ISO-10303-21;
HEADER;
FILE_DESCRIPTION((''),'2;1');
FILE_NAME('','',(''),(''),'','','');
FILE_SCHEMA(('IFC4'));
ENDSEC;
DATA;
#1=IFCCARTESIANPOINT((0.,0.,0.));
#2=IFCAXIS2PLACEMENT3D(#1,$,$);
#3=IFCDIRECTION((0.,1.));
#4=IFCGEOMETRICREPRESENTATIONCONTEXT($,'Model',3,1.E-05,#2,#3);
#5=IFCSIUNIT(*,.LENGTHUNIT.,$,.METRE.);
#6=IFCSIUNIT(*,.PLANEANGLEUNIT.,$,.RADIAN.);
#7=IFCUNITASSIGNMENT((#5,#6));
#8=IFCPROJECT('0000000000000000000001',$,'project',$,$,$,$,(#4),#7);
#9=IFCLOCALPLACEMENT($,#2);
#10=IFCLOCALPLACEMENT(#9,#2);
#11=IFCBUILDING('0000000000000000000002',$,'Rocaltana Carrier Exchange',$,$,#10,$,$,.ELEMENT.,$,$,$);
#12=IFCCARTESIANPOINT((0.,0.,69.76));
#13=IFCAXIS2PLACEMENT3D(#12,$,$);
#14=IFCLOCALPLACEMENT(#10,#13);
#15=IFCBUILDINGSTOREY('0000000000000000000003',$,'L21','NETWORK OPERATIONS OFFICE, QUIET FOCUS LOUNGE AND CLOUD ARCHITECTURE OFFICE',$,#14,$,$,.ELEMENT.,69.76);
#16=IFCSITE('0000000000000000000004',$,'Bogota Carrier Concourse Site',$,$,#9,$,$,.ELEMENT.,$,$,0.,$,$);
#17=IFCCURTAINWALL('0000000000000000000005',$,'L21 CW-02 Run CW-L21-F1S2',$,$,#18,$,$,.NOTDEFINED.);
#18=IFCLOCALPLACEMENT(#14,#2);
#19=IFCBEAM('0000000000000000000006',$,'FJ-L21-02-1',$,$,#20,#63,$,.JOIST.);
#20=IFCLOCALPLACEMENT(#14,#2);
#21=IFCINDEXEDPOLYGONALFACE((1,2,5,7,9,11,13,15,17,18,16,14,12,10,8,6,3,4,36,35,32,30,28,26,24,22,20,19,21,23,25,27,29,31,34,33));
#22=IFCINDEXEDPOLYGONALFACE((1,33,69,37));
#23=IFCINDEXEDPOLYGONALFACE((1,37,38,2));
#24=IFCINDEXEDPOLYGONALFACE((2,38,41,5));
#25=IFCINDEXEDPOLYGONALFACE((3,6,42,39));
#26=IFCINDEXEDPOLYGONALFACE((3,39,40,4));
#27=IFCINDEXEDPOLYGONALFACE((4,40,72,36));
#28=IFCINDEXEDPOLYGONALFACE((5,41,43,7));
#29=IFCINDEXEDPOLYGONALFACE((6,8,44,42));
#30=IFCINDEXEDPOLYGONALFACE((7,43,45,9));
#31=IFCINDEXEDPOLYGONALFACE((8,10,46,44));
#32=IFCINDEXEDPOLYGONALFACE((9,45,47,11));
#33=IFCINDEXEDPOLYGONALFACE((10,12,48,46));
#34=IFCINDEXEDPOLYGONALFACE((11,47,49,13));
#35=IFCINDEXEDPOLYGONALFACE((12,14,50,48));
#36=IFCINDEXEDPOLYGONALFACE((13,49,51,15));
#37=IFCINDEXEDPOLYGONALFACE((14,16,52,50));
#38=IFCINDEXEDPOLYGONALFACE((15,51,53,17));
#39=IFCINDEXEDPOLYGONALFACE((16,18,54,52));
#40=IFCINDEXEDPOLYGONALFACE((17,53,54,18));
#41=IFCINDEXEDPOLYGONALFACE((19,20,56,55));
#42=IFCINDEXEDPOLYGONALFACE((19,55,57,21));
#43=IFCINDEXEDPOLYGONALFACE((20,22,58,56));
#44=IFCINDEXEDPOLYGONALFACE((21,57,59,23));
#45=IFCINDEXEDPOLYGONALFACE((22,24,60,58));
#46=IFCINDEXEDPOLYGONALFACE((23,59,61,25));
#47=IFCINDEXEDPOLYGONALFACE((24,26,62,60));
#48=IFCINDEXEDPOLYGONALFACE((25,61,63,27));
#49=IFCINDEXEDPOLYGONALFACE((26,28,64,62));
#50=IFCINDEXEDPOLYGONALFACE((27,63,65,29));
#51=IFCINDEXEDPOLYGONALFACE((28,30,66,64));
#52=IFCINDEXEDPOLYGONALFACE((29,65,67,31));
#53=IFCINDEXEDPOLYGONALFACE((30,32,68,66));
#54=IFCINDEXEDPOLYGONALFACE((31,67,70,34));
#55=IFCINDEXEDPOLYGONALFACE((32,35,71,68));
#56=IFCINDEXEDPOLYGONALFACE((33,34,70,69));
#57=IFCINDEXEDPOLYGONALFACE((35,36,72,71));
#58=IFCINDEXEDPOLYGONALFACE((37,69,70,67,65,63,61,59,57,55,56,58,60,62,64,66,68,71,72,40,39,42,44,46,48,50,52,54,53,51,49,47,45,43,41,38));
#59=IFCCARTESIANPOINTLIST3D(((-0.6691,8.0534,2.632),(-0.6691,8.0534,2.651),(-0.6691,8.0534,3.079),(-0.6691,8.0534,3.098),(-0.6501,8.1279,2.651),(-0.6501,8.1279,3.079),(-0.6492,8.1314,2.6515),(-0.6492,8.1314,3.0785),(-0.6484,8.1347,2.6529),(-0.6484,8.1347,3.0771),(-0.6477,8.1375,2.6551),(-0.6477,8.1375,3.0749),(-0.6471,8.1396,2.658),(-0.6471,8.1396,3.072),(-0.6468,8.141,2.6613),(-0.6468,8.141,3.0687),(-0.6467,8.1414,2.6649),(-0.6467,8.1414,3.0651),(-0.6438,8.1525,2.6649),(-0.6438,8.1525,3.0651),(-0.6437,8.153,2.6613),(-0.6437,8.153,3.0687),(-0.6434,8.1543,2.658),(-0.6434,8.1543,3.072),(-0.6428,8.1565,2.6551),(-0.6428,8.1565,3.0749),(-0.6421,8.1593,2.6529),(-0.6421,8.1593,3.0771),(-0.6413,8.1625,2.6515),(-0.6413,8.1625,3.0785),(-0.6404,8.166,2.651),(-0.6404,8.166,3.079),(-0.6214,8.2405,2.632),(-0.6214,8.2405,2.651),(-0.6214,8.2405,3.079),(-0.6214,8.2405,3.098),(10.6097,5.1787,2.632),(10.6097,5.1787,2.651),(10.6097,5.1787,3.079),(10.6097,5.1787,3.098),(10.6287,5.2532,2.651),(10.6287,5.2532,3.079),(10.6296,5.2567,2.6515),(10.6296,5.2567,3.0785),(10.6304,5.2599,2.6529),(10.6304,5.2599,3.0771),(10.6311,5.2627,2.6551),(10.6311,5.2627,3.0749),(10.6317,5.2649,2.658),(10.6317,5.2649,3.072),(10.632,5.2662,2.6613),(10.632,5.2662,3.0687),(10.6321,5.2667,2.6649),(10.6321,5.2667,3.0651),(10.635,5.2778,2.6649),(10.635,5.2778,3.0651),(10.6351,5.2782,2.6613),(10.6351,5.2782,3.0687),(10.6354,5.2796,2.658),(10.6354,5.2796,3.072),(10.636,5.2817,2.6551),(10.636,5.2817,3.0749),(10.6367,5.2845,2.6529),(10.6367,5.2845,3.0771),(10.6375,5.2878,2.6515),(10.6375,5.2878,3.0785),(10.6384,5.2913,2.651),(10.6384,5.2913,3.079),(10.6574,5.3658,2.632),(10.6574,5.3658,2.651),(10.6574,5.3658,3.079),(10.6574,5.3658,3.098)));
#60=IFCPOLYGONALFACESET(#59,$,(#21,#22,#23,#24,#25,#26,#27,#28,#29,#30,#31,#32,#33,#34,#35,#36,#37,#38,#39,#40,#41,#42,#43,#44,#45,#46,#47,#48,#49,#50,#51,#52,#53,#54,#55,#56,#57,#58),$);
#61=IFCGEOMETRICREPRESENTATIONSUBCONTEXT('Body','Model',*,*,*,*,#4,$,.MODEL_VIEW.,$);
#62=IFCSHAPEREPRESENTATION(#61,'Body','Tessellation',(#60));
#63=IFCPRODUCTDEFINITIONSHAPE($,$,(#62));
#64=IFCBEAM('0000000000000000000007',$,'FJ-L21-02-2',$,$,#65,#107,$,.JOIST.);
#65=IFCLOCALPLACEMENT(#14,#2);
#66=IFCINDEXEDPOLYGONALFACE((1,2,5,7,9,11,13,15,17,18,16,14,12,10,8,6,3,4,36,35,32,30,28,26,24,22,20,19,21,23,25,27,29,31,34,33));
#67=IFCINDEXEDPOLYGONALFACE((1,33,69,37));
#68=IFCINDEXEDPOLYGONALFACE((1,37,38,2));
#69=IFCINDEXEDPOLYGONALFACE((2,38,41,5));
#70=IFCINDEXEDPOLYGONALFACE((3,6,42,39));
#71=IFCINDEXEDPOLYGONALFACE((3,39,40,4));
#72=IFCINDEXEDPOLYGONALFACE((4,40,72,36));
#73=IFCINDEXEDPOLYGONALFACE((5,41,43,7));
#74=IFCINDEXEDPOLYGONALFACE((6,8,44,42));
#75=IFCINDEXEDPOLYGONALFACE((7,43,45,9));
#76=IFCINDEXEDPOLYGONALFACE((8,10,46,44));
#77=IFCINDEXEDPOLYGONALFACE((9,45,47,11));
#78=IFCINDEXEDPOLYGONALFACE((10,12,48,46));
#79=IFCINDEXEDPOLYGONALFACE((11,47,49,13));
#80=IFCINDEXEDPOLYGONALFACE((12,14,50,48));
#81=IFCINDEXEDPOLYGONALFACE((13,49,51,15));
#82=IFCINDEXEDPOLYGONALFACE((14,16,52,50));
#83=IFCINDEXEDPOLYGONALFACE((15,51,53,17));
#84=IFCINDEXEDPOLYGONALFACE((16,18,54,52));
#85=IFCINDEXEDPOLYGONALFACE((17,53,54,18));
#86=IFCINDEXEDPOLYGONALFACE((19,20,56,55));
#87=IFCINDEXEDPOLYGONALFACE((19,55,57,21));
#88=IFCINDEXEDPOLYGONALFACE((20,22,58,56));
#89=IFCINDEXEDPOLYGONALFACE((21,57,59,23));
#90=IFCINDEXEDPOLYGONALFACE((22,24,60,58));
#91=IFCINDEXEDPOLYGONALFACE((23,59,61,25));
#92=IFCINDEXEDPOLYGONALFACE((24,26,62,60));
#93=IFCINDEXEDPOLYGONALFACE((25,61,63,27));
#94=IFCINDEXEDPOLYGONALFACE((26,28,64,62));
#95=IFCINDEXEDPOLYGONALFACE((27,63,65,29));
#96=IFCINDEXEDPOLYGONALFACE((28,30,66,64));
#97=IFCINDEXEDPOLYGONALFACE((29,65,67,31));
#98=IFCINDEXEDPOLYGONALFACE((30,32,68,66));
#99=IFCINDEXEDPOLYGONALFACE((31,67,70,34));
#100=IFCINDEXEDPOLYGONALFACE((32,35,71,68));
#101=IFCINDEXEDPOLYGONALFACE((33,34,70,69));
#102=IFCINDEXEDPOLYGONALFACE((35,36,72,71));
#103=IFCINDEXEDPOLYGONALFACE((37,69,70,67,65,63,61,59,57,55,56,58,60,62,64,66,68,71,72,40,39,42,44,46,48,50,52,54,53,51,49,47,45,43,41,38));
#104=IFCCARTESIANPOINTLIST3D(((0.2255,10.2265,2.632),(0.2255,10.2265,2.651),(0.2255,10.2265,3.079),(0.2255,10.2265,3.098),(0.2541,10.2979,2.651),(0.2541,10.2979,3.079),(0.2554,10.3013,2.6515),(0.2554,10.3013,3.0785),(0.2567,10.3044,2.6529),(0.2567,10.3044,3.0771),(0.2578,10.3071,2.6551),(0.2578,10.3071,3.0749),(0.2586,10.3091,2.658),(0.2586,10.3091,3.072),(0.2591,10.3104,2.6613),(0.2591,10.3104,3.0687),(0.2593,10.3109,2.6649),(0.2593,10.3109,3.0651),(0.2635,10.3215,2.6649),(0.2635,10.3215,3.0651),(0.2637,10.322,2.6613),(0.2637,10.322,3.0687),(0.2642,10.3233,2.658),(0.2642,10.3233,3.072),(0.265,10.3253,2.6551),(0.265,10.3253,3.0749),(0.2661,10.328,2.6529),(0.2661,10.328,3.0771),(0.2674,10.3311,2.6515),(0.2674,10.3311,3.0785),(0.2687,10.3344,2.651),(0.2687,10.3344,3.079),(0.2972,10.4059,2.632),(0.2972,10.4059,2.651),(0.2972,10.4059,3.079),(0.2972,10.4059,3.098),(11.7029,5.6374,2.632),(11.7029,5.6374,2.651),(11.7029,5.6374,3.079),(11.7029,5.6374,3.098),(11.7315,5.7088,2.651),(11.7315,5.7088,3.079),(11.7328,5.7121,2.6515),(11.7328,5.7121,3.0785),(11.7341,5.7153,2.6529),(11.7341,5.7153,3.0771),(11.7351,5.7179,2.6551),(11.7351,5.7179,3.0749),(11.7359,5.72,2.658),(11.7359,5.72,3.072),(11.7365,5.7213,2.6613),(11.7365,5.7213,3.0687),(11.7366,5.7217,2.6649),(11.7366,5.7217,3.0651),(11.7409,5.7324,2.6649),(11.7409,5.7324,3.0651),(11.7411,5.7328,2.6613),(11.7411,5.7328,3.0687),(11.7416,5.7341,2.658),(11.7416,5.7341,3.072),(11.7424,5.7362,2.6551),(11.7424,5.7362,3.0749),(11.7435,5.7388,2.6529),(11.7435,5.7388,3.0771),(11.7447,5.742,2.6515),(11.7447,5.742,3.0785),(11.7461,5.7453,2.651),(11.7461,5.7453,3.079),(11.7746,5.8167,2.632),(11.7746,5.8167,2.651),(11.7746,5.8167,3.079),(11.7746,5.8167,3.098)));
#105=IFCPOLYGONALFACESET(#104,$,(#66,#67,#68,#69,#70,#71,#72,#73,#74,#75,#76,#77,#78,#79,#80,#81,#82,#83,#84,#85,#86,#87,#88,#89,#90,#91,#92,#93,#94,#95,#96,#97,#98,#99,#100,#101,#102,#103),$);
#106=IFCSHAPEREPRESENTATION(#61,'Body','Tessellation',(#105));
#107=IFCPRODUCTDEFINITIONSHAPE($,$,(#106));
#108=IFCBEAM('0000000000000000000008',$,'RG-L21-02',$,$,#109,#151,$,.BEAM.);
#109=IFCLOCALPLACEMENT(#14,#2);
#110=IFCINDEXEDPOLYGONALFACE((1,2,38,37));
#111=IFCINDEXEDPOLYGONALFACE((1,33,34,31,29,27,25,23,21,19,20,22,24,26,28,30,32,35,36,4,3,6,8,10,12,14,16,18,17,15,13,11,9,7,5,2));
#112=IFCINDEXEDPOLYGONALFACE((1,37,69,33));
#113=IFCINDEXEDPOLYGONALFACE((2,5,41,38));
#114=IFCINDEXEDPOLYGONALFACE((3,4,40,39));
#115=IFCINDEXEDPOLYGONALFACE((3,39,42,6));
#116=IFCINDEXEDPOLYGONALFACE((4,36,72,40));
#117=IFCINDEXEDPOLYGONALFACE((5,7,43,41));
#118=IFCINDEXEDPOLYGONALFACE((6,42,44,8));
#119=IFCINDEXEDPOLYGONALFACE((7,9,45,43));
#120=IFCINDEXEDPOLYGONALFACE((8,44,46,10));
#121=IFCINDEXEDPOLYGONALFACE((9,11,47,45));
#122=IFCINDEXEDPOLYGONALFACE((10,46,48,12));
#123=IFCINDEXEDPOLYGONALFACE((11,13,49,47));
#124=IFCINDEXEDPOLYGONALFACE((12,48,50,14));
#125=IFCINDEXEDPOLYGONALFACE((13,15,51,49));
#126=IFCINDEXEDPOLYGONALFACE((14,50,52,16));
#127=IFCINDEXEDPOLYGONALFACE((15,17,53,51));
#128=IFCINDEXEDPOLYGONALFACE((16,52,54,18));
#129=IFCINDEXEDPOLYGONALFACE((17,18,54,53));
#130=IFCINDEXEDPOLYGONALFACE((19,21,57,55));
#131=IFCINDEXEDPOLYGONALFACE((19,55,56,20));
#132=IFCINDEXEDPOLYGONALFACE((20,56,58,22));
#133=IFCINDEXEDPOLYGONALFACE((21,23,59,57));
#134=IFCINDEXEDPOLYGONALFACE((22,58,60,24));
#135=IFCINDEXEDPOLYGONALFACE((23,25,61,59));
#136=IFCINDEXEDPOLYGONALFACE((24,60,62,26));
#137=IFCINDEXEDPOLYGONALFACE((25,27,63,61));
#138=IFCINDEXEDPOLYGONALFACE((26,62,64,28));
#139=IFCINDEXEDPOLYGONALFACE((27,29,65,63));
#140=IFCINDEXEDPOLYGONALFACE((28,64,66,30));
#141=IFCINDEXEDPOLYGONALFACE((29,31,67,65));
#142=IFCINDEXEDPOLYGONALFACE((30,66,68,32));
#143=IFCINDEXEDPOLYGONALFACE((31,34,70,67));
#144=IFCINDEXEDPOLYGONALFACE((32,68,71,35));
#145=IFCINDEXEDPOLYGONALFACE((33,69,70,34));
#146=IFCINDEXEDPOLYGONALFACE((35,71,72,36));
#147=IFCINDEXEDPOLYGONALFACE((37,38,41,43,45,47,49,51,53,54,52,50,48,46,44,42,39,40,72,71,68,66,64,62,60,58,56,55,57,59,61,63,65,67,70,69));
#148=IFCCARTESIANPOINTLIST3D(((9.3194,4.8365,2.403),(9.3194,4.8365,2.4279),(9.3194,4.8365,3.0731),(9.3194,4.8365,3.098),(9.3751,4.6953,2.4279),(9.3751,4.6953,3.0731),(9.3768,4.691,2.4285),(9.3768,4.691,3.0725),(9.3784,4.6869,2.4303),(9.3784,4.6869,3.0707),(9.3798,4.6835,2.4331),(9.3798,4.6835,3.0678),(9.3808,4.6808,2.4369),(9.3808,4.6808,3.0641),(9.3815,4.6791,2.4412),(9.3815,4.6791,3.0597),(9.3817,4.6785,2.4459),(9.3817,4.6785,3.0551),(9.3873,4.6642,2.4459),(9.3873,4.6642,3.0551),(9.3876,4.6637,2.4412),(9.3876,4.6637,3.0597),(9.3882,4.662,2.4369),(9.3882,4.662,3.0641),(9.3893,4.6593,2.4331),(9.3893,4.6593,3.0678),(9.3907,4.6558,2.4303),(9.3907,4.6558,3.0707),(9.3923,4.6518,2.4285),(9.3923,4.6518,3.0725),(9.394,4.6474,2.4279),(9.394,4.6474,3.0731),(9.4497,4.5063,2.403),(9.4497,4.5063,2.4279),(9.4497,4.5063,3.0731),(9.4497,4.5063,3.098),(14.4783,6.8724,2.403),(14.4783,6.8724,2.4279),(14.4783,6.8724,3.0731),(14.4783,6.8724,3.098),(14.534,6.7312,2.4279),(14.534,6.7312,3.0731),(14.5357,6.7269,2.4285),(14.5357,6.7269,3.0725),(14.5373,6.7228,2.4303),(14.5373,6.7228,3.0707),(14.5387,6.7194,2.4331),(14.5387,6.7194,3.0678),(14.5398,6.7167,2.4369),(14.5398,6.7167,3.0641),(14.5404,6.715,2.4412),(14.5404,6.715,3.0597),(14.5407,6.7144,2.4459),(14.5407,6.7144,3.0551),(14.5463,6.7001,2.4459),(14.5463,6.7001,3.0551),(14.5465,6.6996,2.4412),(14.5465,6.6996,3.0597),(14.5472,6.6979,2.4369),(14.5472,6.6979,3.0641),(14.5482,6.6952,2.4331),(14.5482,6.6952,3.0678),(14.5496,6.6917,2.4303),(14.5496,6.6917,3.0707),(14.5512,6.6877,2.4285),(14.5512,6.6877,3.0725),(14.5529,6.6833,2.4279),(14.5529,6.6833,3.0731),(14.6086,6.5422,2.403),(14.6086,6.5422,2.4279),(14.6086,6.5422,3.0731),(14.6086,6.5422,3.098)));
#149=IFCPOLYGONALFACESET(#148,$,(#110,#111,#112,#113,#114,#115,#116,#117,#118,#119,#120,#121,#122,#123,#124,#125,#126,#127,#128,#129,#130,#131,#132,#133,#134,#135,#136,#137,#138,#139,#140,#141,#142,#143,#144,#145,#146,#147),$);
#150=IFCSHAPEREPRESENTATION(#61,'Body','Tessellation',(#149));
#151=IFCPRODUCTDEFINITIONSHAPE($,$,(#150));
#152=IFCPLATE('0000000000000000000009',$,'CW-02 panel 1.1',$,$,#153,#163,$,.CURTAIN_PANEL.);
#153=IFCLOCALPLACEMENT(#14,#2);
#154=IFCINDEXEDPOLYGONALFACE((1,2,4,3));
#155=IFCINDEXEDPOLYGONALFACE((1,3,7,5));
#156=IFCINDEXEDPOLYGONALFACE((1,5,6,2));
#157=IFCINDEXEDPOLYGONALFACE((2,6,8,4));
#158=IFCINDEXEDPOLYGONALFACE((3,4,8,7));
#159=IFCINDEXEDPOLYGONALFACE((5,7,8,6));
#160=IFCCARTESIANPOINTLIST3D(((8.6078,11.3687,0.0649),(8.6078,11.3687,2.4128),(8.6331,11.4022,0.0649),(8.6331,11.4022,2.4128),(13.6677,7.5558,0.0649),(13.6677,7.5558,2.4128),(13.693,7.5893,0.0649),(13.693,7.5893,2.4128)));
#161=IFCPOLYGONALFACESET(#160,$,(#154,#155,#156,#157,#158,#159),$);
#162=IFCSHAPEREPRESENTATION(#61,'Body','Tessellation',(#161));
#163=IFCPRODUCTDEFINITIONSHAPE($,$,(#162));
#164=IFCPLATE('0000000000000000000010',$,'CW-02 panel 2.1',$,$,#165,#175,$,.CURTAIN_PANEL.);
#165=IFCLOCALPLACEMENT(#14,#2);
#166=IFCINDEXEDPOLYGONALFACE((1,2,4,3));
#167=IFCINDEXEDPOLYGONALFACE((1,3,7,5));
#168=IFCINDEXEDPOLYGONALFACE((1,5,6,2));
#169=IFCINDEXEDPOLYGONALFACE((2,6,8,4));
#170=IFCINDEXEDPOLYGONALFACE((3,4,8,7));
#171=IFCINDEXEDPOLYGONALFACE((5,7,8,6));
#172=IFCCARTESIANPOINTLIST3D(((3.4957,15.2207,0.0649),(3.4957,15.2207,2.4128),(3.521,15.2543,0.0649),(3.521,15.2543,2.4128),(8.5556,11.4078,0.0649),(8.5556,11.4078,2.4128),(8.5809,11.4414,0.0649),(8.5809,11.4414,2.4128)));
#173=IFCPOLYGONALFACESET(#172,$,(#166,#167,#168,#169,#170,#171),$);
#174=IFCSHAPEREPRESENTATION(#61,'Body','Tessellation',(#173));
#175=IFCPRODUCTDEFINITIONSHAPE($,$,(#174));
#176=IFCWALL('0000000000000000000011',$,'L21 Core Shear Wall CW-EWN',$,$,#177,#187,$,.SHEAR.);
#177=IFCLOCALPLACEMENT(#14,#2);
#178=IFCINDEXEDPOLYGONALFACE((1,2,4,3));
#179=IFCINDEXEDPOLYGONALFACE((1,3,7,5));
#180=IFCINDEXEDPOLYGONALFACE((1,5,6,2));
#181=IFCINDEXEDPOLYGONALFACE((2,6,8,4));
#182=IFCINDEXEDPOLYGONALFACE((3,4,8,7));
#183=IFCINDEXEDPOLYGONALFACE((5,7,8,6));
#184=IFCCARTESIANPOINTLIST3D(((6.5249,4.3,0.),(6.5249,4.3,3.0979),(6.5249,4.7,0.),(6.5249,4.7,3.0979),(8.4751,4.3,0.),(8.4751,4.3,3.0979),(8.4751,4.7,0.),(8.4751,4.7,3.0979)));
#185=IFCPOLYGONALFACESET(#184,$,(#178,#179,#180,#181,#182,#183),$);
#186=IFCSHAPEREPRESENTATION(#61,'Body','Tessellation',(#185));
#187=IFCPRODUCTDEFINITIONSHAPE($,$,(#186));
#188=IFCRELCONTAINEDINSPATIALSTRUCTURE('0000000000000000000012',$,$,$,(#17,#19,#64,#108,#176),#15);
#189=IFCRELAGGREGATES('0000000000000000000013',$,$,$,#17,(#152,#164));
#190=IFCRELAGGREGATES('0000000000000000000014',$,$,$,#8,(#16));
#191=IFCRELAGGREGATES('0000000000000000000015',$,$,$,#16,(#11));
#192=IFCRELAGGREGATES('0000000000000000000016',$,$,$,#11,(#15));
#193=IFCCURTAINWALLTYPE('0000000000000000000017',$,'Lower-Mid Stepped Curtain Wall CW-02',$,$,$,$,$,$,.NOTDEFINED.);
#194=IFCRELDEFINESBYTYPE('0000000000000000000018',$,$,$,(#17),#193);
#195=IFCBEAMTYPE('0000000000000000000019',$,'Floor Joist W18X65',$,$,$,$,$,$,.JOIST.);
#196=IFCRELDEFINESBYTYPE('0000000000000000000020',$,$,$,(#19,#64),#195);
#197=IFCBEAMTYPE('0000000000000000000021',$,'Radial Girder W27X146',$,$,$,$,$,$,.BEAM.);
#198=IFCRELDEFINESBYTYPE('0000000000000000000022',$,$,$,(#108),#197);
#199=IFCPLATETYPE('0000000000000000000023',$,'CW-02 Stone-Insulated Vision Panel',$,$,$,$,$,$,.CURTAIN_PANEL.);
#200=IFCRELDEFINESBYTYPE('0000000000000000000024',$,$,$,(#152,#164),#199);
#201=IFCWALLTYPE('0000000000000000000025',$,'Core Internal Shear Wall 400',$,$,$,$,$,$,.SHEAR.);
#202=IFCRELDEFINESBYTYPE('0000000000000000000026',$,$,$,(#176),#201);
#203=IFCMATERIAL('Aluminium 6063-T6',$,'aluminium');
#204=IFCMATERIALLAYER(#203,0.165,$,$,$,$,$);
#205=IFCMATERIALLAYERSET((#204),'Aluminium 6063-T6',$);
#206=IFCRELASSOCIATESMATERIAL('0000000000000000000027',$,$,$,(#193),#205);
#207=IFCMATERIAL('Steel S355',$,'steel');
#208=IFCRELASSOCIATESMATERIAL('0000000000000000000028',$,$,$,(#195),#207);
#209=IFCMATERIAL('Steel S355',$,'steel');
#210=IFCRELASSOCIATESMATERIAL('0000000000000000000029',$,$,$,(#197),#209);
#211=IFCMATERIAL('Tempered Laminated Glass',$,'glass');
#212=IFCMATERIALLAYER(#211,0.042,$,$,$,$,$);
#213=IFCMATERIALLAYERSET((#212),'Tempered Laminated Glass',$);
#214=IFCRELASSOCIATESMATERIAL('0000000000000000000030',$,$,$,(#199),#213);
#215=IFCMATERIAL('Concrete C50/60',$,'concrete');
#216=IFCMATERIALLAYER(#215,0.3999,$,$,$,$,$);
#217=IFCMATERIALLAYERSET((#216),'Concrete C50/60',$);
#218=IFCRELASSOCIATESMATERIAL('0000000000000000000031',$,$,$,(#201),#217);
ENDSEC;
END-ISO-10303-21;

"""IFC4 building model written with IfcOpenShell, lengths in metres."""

from ifc_helpers import new_model, si_unit, direction, frame, frame_2d, origin, origin_2d, place, context, subcontext, project, spatial, rectangle, i_section, extrude, material, layer, layer_set, material_profile, profile_set, type_object, element, aggregate, save


model = new_model("IFC4")

# Units and contexts
model_context = context("Model", 3, precision=1e-05, world=origin(), true_north=direction((0.0, 1.0)))
body_context = subcontext(model_context, "Body", "Model", "MODEL_VIEW")
ifc_project = project(units=[si_unit("LENGTHUNIT", "METRE"), si_unit("PLANEANGLEUNIT", "RADIAN")], contexts=[model_context])

# Site, building, storey
site_placement = place(None, origin())
site = spatial("IfcSite", under=ifc_project, at=site_placement, Name="Bogota Carrier Concourse Site", CompositionType="ELEMENT", RefElevation=0.0)
building_placement = place(site_placement, origin())
building = spatial("IfcBuilding", under=site, at=building_placement, Name="Rocaltana Carrier Exchange", CompositionType="ELEMENT")
storey_placement = place(building_placement, frame((0.0, 0.0, 69.76)))
storey = spatial("IfcBuildingStorey", under=building, at=storey_placement, Name="L21", Description="NETWORK OPERATIONS OFFICE, QUIET FOCUS LOUNGE AND CLOUD ARCHITECTURE OFFICE", CompositionType="ELEMENT", Elevation=69.76)

# Curtain wall
ifc_material_1 = material(Name="Aluminium 6063-T6", Category="aluminium")
ifc_layer_1 = layer(ifc_material_1, 0.165)
ifc_layer_set_1 = layer_set([ifc_layer_1], Name="Aluminium 6063-T6")
curtain_wall_type = type_object("IfcCurtainWallType", Name="Lower-Mid Stepped Curtain Wall CW-02", PredefinedType="NOTDEFINED", material=ifc_layer_set_1)
curtain_wall_placement = place(storey_placement, origin())
curtain_wall = element("IfcCurtainWall", 1, at=curtain_wall_placement, inside=storey, type_object=curtain_wall_type, Name="L21 CW-02 Run CW-L21-F1S2", PredefinedType="NOTDEFINED")

# Beams
ifc_material_2 = material(Name="Steel S355", Category="steel")
ifc_material_profile_1 = material_profile(ifc_material_2, i_section(OverallWidth=0.1931, OverallDepth=0.4661, WebThickness=0.0115, FlangeThickness=0.019, FilletRadius=0.0139, at=origin_2d()), Name="W18X65")
ifc_profile_set_1 = profile_set([ifc_material_profile_1], Name="Steel S355")
beam_type_1 = type_object("IfcBeamType", Name="Floor Joist W18X65", PredefinedType="JOIST", material=ifc_profile_set_1)
beam_1_placement = place(storey_placement, frame((10.6335, 5.2722, 2.865), z_axis=(-0.969019, 0.246985, 0.0), x_axis=(-0.246985, -0.969019, 0.0)))
element("IfcBeam", 2, at=beam_1_placement, inside=storey, type_object=beam_type_1, Name="FJ-L21-02-1", PredefinedType="JOIST", context=body_context, shape_type="SweptSolid", body=[
    extrude(i_section(OverallWidth=0.1931, OverallDepth=0.4661, WebThickness=0.0115, FlangeThickness=0.019, FilletRadius=0.0139, at=origin_2d()), origin(), (0.0, 0.0, 1.0), 11.6394),
])
beam_2_placement = place(storey_placement, frame((11.7388, 5.7271, 2.865), z_axis=(-0.928527, 0.371265, 0.0), x_axis=(-0.371265, -0.928527, 0.0)))
element("IfcBeam", 3, at=beam_2_placement, inside=storey, type_object=beam_type_1, Name="FJ-L21-02-2", PredefinedType="JOIST", context=body_context, shape_type="SweptSolid", body=[
    extrude(i_section(OverallWidth=0.1931, OverallDepth=0.4661, WebThickness=0.0115, FlangeThickness=0.019, FilletRadius=0.0139, at=origin_2d()), origin(), (0.0, 0.0, 1.0), 12.3608),
])
ifc_material_3 = material(Name="Steel S355", Category="steel")
ifc_material_profile_2 = material_profile(ifc_material_3, i_section(OverallWidth=0.355, OverallDepth=0.6951, WebThickness=0.0154, FlangeThickness=0.0249, FilletRadius=0.0181, at=origin_2d()), Name="W27X146")
ifc_profile_set_2 = profile_set([ifc_material_profile_2], Name="Steel S355")
beam_type_2 = type_object("IfcBeamType", Name="Radial Girder W27X146", PredefinedType="BEAM", material=ifc_profile_set_2)
beam_3_placement = place(storey_placement, frame((9.3845, 4.6714, 2.7505), z_axis=(0.930188, 0.367083, 0.0), x_axis=(-0.367083, 0.930188, 0.0)))
element("IfcBeam", 4, at=beam_3_placement, inside=storey, type_object=beam_type_2, Name="RG-L21-02", PredefinedType="BEAM", context=body_context, shape_type="SweptSolid", body=[
    extrude(i_section(OverallWidth=0.355, OverallDepth=0.6951, WebThickness=0.0154, FlangeThickness=0.0249, FilletRadius=0.0181, at=origin_2d()), origin(), (0.0, 0.0, 1.0), 5.5461),
])

# Plates
ifc_material_4 = material(Name="Tempered Laminated Glass", Category="glass")
ifc_layer_2 = layer(ifc_material_4, 0.042)
ifc_layer_set_2 = layer_set([ifc_layer_2], Name="Tempered Laminated Glass")
plate_type = type_object("IfcPlateType", Name="CW-02 Stone-Insulated Vision Panel", PredefinedType="CURTAIN_PANEL", material=ifc_layer_set_2)
plate_1_placement = place(storey_placement, frame((11.1504, 9.479, 0.0649), z_axis=(0.0, 0.0, 1.0), x_axis=(-0.798635, 0.601815, 0.0)))
plate_1 = element("IfcPlate", 5, at=plate_1_placement, type_object=plate_type, Name="CW-02 panel 1.1", PredefinedType="CURTAIN_PANEL", context=body_context, shape_type="SweptSolid", body=[
    extrude(rectangle(XDim=6.3357, YDim=0.042, at=origin_2d()), origin(), (0.0, 0.0, 1.0), 2.3479),
])
plate_2_placement = place(storey_placement, frame((6.0383, 13.3311, 0.0649), z_axis=(0.0, 0.0, 1.0), x_axis=(-0.798635, 0.601815, 0.0)))
plate_2 = element("IfcPlate", 6, at=plate_2_placement, type_object=plate_type, Name="CW-02 panel 2.1", PredefinedType="CURTAIN_PANEL", context=body_context, shape_type="SweptSolid", body=[
    extrude(rectangle(XDim=6.3357, YDim=0.042, at=origin_2d()), origin(), (0.0, 0.0, 1.0), 2.3479),
])
aggregate(curtain_wall, [plate_1, plate_2])

# Wall
ifc_material_5 = material(Name="Concrete C50/60", Category="concrete")
ifc_layer_3 = layer(ifc_material_5, 0.3999)
ifc_layer_set_3 = layer_set([ifc_layer_3], Name="Concrete C50/60")
wall_type_1 = type_object("IfcWallType", Name="Core Internal Shear Wall 400", PredefinedType="SHEAR", material=ifc_layer_set_3)
wall_1_placement = place(storey_placement, frame((6.5249, 4.5, 0.0), z_axis=(0.0, 0.0, 1.0), x_axis=(1.0, 0.0, 0.0)))
element("IfcWall", 7, at=wall_1_placement, inside=storey, type_object=wall_type_1, Name="L21 Core Shear Wall CW-EWN", PredefinedType="SHEAR", context=body_context, shape_type="SweptSolid", body=[
    extrude(rectangle(XDim=1.9502, YDim=0.3999, at=frame_2d((0.9751, 0.0))), origin(), (0.0, 0.0, 1.0), 3.0979),
])

save(model, "model.ifc")
